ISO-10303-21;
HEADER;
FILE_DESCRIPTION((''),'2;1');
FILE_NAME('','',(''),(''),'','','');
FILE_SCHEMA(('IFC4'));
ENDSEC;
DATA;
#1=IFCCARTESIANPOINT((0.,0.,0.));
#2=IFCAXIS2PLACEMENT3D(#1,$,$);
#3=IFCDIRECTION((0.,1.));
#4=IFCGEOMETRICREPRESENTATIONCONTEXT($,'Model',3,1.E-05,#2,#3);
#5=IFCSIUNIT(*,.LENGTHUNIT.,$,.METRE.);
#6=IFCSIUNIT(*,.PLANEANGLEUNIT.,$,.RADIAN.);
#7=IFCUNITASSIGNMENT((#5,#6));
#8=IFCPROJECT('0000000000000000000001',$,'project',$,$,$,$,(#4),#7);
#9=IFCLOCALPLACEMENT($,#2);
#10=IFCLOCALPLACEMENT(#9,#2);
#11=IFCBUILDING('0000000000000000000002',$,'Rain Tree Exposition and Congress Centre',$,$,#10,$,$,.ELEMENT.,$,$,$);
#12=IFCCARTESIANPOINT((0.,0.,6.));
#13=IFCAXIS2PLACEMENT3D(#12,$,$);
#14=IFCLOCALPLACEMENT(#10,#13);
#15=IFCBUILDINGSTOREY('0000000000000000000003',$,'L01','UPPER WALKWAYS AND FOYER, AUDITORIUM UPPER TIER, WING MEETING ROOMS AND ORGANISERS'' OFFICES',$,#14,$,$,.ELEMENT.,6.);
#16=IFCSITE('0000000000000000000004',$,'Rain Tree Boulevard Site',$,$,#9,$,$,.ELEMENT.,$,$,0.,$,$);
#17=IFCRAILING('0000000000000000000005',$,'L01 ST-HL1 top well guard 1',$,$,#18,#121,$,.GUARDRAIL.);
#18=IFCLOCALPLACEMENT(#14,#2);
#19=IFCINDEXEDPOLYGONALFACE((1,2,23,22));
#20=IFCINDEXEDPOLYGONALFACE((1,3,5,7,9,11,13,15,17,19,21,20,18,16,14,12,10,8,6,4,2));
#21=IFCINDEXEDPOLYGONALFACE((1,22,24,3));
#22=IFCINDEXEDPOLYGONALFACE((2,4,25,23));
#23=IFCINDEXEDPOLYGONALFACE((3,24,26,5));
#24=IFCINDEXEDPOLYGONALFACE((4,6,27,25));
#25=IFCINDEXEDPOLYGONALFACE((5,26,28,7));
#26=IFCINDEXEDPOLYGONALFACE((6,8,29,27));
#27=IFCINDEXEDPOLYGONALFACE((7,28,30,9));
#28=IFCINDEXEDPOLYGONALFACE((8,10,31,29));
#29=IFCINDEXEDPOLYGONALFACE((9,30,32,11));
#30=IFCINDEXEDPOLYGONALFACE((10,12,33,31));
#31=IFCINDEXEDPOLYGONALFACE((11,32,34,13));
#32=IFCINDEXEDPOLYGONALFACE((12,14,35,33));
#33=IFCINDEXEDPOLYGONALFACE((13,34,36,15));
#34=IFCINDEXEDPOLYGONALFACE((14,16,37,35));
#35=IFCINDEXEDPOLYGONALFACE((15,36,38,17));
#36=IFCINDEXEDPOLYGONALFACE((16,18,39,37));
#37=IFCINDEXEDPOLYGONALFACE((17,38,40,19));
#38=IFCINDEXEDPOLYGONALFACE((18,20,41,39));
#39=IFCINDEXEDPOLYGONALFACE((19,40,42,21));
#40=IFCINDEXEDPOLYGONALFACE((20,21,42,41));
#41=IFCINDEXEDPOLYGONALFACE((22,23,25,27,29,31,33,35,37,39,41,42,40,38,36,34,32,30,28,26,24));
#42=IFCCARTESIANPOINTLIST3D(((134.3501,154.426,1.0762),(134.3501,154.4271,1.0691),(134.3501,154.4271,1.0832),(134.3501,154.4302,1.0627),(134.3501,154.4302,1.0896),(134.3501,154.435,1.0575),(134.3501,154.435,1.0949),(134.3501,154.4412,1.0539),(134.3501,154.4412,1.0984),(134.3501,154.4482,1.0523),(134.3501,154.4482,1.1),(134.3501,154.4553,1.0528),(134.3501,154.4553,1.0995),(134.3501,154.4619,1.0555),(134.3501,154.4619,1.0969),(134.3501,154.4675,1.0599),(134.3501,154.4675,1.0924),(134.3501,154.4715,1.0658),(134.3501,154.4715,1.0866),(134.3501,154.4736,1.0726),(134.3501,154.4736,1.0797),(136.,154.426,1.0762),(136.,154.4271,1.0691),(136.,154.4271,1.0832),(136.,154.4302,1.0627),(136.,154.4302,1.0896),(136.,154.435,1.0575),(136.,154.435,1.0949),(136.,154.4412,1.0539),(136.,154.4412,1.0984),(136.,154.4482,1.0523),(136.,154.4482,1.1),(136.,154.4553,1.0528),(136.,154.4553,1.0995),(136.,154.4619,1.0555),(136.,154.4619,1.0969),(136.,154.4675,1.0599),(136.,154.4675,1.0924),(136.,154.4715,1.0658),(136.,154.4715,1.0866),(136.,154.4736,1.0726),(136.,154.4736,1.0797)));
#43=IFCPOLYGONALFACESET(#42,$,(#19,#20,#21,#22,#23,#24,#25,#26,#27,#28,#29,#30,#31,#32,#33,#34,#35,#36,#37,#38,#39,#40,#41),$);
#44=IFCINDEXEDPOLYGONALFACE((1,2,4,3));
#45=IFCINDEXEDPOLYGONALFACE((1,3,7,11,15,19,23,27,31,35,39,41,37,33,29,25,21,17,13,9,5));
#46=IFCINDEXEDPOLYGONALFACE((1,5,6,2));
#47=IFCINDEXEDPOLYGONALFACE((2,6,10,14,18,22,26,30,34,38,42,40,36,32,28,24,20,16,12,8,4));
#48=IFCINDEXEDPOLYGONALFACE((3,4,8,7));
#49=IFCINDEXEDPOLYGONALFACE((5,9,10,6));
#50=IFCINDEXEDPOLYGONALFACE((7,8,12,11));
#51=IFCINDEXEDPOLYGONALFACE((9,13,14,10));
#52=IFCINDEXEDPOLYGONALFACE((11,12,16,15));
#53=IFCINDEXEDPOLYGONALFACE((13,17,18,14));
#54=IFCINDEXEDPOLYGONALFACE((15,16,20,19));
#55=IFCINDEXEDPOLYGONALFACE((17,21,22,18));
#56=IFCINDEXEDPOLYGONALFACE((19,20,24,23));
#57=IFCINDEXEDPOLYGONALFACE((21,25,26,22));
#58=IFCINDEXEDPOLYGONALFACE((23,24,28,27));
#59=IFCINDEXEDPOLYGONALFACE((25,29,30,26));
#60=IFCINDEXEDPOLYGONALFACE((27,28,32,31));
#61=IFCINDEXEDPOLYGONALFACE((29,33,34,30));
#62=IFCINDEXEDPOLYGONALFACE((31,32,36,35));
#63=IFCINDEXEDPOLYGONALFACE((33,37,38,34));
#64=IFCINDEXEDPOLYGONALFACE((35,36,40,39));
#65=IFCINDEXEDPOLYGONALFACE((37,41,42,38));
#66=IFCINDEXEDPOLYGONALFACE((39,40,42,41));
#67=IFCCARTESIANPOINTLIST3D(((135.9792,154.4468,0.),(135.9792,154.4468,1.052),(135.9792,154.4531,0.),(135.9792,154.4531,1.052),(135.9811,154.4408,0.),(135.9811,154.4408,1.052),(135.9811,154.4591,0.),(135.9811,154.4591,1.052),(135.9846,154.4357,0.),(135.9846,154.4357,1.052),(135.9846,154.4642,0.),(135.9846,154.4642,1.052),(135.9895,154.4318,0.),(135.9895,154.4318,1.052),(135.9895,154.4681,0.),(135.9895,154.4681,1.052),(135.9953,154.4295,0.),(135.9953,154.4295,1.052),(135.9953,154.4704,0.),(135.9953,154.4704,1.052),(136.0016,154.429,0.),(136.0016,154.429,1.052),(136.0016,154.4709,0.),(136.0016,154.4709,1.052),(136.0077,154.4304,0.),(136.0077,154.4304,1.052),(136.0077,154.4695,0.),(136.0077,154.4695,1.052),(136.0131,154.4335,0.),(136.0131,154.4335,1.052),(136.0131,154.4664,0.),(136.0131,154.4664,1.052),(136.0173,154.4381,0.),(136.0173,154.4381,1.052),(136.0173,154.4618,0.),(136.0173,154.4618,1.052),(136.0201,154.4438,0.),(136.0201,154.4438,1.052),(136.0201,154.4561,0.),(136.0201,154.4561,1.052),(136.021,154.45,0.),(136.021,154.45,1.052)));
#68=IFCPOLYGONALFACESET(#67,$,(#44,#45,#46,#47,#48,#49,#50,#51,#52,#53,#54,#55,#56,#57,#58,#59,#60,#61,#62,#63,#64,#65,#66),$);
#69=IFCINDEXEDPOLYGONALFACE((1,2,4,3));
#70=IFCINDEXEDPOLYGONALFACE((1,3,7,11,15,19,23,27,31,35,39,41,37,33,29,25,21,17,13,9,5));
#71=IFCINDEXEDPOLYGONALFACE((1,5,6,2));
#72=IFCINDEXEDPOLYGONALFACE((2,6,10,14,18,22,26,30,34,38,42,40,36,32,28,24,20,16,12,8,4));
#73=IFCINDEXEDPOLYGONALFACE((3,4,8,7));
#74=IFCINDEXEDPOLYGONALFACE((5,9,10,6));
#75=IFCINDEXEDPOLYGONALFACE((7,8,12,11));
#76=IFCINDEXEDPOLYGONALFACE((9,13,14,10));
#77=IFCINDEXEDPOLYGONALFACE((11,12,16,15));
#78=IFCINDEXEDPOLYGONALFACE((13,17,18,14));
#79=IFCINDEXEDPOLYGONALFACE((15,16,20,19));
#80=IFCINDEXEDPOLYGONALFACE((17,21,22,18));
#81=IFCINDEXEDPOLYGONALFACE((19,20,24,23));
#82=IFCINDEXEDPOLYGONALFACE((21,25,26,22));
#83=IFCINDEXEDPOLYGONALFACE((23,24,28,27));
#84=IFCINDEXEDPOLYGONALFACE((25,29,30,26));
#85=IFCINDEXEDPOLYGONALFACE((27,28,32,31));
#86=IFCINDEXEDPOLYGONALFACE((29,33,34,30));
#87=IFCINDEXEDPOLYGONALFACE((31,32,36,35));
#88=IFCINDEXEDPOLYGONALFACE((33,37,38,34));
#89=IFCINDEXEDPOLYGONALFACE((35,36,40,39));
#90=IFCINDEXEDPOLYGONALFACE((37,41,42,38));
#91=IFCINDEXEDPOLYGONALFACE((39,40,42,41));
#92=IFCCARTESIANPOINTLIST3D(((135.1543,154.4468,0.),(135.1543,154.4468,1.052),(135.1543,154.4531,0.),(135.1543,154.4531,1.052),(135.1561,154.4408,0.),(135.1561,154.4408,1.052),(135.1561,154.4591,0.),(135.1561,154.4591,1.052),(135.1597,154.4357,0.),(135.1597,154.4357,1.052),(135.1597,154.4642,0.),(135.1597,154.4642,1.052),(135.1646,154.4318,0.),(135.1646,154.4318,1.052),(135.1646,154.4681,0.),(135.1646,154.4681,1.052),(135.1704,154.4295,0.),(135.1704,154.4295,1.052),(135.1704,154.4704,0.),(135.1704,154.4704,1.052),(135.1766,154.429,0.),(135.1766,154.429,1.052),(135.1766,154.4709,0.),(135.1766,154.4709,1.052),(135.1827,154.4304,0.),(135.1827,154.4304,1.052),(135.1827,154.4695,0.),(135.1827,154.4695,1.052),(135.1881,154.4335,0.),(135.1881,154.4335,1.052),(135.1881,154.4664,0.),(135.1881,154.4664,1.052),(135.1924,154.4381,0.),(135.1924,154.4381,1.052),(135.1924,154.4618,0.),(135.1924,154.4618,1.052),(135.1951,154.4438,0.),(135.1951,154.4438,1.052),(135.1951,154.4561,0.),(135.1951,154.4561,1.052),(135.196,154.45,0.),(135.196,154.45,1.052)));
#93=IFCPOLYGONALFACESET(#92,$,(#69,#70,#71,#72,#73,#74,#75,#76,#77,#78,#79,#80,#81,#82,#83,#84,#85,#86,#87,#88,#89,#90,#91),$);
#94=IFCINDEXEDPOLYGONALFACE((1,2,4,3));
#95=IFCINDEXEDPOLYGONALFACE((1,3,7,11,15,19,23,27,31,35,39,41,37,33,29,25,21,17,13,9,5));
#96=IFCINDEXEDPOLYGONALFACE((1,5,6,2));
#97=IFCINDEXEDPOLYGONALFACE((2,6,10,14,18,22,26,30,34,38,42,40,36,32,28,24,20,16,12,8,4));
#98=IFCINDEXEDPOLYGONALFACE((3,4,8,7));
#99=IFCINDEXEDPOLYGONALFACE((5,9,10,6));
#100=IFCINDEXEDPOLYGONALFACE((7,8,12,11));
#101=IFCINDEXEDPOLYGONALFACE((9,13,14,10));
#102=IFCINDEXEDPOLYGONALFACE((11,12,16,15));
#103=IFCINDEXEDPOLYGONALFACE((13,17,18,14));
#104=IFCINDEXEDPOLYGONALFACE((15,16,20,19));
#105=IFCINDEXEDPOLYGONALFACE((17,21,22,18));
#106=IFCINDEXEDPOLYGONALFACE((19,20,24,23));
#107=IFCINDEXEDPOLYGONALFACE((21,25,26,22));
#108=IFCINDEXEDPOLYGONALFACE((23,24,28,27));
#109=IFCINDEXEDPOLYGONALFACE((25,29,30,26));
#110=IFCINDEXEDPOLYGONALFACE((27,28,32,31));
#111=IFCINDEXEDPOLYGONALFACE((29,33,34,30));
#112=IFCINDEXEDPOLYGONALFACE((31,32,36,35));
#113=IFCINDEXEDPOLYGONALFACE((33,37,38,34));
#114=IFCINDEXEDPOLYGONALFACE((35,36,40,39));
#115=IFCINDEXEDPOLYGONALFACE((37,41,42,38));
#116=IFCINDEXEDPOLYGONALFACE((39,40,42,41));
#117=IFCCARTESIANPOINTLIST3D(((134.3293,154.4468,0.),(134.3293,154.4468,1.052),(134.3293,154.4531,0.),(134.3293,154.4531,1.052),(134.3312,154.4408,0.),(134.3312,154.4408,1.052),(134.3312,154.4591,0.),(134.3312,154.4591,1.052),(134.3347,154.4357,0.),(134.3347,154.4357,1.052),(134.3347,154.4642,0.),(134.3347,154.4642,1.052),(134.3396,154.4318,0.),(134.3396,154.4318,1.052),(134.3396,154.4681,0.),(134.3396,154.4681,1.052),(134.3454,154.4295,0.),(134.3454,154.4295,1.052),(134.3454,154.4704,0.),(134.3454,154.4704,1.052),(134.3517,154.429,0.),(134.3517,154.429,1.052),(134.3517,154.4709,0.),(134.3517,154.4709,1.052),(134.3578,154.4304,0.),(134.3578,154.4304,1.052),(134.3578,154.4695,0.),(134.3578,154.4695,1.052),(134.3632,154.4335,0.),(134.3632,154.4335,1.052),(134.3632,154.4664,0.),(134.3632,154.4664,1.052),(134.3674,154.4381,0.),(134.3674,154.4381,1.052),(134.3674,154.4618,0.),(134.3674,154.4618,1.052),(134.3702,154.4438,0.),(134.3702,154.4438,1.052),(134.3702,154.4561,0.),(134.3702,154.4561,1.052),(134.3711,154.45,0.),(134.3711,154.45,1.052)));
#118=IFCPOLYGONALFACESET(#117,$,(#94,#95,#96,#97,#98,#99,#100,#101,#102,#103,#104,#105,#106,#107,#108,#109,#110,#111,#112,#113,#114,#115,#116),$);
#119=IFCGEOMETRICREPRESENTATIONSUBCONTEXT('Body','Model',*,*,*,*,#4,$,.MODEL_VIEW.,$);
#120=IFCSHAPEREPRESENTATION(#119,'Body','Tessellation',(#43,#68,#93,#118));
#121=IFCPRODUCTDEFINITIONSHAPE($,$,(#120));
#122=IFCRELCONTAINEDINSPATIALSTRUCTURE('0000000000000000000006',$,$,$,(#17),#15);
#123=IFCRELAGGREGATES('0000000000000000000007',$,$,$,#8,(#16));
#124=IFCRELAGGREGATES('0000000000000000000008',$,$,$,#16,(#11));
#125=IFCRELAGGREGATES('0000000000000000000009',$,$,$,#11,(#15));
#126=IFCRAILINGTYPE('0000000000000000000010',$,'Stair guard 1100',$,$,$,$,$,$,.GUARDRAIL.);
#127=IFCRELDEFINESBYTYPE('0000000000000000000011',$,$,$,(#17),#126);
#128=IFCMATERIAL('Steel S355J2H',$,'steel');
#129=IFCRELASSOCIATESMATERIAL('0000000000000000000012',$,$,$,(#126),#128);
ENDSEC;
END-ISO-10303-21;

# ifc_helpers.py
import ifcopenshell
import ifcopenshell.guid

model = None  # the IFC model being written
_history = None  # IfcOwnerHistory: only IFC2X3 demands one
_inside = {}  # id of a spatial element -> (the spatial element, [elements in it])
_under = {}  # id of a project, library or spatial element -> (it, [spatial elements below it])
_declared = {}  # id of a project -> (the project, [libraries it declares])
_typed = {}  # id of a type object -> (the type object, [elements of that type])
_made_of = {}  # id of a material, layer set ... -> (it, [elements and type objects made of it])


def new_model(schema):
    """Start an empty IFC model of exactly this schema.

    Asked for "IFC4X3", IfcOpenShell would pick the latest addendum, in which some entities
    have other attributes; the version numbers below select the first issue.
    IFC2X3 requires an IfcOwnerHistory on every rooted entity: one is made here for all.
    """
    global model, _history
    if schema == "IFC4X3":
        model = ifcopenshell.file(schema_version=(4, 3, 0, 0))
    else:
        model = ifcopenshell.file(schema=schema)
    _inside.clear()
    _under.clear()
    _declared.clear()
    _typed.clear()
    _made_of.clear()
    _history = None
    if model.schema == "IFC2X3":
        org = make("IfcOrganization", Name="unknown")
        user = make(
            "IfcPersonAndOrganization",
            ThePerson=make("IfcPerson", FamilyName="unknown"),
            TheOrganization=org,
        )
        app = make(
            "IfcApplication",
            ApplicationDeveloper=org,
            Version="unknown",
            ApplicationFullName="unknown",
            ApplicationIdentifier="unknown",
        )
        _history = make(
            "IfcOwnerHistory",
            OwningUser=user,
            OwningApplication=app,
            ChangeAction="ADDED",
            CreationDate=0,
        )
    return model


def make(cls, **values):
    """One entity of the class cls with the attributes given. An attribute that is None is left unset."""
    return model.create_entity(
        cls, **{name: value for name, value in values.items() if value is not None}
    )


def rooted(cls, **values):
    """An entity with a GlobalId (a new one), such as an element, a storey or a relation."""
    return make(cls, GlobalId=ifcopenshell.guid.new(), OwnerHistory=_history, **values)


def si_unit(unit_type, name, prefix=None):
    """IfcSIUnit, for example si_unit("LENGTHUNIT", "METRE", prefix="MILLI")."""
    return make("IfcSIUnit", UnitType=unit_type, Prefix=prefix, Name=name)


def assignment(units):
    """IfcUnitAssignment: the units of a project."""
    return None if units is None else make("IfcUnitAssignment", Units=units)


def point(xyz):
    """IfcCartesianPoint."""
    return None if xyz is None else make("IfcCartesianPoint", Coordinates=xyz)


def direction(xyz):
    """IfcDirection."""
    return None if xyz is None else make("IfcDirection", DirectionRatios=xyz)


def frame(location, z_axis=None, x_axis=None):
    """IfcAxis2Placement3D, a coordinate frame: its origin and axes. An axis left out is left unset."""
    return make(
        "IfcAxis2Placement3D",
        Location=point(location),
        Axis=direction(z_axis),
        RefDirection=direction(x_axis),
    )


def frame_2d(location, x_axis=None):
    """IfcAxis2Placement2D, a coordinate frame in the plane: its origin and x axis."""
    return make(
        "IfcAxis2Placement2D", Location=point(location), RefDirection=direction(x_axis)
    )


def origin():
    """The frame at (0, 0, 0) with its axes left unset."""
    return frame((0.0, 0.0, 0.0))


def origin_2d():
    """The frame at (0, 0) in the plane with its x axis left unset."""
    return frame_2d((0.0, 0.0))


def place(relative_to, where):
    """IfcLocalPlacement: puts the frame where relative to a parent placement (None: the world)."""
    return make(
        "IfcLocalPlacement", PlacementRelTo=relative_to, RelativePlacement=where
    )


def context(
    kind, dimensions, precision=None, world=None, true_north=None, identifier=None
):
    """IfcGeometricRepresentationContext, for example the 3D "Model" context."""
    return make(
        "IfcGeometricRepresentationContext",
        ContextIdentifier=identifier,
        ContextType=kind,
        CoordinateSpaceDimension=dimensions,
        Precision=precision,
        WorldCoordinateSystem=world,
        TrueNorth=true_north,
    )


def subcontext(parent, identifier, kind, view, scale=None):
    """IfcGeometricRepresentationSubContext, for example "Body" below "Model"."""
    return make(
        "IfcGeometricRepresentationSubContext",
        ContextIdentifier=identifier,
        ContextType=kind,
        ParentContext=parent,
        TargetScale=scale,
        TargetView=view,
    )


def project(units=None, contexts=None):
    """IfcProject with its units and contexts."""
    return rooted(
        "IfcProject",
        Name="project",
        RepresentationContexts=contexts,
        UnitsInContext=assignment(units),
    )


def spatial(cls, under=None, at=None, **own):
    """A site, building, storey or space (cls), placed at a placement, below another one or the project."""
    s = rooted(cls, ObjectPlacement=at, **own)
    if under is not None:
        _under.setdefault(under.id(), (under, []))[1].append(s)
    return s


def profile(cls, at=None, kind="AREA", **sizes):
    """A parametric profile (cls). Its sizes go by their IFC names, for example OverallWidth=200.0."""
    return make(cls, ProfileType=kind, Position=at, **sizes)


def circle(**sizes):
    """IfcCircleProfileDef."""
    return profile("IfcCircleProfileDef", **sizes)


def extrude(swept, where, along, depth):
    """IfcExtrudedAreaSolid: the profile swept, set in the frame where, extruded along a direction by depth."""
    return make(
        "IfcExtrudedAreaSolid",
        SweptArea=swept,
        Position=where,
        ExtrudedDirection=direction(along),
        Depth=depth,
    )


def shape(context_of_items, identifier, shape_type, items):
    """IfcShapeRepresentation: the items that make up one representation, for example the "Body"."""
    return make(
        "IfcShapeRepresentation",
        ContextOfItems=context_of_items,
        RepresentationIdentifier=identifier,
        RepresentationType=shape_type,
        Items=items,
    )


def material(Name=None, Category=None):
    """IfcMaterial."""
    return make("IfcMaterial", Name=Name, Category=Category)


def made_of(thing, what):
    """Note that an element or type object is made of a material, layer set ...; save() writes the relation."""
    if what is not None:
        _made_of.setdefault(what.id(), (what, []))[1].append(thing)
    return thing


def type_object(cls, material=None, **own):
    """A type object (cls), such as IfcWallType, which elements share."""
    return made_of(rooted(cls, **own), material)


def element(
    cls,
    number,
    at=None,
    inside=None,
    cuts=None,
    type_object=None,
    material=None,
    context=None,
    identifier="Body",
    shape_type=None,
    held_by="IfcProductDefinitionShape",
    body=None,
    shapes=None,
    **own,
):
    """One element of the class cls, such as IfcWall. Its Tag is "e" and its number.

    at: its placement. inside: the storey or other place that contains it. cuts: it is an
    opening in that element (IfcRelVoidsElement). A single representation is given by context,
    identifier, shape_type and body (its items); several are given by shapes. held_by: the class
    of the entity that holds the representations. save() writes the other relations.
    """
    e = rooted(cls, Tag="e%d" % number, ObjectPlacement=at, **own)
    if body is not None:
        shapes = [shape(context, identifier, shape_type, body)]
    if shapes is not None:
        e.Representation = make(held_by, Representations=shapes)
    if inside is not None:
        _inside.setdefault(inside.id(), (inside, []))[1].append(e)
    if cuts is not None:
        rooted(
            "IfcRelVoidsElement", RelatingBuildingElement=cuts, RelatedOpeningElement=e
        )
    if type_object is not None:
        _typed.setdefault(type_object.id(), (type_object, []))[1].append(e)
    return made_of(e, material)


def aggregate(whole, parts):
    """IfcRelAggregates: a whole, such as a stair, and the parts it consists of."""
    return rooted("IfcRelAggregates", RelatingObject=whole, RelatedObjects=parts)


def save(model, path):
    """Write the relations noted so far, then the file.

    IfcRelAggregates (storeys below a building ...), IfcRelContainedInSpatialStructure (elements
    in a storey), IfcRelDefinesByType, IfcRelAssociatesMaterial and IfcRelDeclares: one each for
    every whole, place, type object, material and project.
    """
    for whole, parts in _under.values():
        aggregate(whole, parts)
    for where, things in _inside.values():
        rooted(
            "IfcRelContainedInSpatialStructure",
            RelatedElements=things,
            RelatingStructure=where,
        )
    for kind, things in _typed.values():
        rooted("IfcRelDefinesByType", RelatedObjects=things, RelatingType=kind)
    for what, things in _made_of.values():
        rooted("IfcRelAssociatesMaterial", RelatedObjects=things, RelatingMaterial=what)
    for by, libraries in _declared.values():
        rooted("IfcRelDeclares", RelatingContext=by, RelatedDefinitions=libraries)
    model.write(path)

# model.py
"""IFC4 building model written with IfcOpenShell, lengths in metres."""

from ifc_helpers import new_model, si_unit, direction, frame, origin, origin_2d, place, context, subcontext, project, spatial, circle, extrude, material, type_object, element, save


model = new_model("IFC4")

# Units and contexts
model_context = context("Model", 3, precision=1e-05, world=origin(), true_north=direction((0.0, 1.0)))
body_context = subcontext(model_context, "Body", "Model", "MODEL_VIEW")
ifc_project = project(units=[si_unit("LENGTHUNIT", "METRE"), si_unit("PLANEANGLEUNIT", "RADIAN")], contexts=[model_context])

# Site, building, storey
site_placement = place(None, origin())
site = spatial("IfcSite", under=ifc_project, at=site_placement, Name="Rain Tree Boulevard Site", CompositionType="ELEMENT", RefElevation=0.0)
building_placement = place(site_placement, origin())
building = spatial("IfcBuilding", under=site, at=building_placement, Name="Rain Tree Exposition and Congress Centre", CompositionType="ELEMENT")
storey_placement = place(building_placement, frame((0.0, 0.0, 6.0)))
storey = spatial("IfcBuildingStorey", under=building, at=storey_placement, Name="L01", Description="UPPER WALKWAYS AND FOYER, AUDITORIUM UPPER TIER, WING MEETING ROOMS AND ORGANISERS' OFFICES", CompositionType="ELEMENT", Elevation=6.0)

# Railing
ifc_material_1 = material(Name="Steel S355J2H", Category="steel")
railing_type = type_object("IfcRailingType", Name="Stair guard 1100", PredefinedType="GUARDRAIL", material=ifc_material_1)
railing_placement = place(storey_placement, frame((136.0, 154.45, 0.0)))
element("IfcRailing", 1, at=railing_placement, inside=storey, type_object=railing_type, Name="L01 ST-HL1 top well guard 1", PredefinedType="GUARDRAIL", context=body_context, shape_type="SweptSolid", body=[
    extrude(circle(Radius=0.0239, at=origin_2d()), frame((0.0, 0.0, 1.0762), z_axis=(-1.0, 0.0, 0.0), x_axis=(0.0, -1.0, 0.0)), (0.0, 0.0, 1.0), 1.6499),
    extrude(circle(Radius=0.021, at=origin_2d()), origin(), (0.0, 0.0, 1.0), 1.052),
    extrude(circle(Radius=0.021, at=origin_2d()), frame((-0.825, 0.0, 0.0)), (0.0, 0.0, 1.0), 1.052),
    extrude(circle(Radius=0.021, at=origin_2d()), frame((-1.6499, 0.0, 0.0)), (0.0, 0.0, 1.0), 1.052),
])

save(model, "model.ifc")
